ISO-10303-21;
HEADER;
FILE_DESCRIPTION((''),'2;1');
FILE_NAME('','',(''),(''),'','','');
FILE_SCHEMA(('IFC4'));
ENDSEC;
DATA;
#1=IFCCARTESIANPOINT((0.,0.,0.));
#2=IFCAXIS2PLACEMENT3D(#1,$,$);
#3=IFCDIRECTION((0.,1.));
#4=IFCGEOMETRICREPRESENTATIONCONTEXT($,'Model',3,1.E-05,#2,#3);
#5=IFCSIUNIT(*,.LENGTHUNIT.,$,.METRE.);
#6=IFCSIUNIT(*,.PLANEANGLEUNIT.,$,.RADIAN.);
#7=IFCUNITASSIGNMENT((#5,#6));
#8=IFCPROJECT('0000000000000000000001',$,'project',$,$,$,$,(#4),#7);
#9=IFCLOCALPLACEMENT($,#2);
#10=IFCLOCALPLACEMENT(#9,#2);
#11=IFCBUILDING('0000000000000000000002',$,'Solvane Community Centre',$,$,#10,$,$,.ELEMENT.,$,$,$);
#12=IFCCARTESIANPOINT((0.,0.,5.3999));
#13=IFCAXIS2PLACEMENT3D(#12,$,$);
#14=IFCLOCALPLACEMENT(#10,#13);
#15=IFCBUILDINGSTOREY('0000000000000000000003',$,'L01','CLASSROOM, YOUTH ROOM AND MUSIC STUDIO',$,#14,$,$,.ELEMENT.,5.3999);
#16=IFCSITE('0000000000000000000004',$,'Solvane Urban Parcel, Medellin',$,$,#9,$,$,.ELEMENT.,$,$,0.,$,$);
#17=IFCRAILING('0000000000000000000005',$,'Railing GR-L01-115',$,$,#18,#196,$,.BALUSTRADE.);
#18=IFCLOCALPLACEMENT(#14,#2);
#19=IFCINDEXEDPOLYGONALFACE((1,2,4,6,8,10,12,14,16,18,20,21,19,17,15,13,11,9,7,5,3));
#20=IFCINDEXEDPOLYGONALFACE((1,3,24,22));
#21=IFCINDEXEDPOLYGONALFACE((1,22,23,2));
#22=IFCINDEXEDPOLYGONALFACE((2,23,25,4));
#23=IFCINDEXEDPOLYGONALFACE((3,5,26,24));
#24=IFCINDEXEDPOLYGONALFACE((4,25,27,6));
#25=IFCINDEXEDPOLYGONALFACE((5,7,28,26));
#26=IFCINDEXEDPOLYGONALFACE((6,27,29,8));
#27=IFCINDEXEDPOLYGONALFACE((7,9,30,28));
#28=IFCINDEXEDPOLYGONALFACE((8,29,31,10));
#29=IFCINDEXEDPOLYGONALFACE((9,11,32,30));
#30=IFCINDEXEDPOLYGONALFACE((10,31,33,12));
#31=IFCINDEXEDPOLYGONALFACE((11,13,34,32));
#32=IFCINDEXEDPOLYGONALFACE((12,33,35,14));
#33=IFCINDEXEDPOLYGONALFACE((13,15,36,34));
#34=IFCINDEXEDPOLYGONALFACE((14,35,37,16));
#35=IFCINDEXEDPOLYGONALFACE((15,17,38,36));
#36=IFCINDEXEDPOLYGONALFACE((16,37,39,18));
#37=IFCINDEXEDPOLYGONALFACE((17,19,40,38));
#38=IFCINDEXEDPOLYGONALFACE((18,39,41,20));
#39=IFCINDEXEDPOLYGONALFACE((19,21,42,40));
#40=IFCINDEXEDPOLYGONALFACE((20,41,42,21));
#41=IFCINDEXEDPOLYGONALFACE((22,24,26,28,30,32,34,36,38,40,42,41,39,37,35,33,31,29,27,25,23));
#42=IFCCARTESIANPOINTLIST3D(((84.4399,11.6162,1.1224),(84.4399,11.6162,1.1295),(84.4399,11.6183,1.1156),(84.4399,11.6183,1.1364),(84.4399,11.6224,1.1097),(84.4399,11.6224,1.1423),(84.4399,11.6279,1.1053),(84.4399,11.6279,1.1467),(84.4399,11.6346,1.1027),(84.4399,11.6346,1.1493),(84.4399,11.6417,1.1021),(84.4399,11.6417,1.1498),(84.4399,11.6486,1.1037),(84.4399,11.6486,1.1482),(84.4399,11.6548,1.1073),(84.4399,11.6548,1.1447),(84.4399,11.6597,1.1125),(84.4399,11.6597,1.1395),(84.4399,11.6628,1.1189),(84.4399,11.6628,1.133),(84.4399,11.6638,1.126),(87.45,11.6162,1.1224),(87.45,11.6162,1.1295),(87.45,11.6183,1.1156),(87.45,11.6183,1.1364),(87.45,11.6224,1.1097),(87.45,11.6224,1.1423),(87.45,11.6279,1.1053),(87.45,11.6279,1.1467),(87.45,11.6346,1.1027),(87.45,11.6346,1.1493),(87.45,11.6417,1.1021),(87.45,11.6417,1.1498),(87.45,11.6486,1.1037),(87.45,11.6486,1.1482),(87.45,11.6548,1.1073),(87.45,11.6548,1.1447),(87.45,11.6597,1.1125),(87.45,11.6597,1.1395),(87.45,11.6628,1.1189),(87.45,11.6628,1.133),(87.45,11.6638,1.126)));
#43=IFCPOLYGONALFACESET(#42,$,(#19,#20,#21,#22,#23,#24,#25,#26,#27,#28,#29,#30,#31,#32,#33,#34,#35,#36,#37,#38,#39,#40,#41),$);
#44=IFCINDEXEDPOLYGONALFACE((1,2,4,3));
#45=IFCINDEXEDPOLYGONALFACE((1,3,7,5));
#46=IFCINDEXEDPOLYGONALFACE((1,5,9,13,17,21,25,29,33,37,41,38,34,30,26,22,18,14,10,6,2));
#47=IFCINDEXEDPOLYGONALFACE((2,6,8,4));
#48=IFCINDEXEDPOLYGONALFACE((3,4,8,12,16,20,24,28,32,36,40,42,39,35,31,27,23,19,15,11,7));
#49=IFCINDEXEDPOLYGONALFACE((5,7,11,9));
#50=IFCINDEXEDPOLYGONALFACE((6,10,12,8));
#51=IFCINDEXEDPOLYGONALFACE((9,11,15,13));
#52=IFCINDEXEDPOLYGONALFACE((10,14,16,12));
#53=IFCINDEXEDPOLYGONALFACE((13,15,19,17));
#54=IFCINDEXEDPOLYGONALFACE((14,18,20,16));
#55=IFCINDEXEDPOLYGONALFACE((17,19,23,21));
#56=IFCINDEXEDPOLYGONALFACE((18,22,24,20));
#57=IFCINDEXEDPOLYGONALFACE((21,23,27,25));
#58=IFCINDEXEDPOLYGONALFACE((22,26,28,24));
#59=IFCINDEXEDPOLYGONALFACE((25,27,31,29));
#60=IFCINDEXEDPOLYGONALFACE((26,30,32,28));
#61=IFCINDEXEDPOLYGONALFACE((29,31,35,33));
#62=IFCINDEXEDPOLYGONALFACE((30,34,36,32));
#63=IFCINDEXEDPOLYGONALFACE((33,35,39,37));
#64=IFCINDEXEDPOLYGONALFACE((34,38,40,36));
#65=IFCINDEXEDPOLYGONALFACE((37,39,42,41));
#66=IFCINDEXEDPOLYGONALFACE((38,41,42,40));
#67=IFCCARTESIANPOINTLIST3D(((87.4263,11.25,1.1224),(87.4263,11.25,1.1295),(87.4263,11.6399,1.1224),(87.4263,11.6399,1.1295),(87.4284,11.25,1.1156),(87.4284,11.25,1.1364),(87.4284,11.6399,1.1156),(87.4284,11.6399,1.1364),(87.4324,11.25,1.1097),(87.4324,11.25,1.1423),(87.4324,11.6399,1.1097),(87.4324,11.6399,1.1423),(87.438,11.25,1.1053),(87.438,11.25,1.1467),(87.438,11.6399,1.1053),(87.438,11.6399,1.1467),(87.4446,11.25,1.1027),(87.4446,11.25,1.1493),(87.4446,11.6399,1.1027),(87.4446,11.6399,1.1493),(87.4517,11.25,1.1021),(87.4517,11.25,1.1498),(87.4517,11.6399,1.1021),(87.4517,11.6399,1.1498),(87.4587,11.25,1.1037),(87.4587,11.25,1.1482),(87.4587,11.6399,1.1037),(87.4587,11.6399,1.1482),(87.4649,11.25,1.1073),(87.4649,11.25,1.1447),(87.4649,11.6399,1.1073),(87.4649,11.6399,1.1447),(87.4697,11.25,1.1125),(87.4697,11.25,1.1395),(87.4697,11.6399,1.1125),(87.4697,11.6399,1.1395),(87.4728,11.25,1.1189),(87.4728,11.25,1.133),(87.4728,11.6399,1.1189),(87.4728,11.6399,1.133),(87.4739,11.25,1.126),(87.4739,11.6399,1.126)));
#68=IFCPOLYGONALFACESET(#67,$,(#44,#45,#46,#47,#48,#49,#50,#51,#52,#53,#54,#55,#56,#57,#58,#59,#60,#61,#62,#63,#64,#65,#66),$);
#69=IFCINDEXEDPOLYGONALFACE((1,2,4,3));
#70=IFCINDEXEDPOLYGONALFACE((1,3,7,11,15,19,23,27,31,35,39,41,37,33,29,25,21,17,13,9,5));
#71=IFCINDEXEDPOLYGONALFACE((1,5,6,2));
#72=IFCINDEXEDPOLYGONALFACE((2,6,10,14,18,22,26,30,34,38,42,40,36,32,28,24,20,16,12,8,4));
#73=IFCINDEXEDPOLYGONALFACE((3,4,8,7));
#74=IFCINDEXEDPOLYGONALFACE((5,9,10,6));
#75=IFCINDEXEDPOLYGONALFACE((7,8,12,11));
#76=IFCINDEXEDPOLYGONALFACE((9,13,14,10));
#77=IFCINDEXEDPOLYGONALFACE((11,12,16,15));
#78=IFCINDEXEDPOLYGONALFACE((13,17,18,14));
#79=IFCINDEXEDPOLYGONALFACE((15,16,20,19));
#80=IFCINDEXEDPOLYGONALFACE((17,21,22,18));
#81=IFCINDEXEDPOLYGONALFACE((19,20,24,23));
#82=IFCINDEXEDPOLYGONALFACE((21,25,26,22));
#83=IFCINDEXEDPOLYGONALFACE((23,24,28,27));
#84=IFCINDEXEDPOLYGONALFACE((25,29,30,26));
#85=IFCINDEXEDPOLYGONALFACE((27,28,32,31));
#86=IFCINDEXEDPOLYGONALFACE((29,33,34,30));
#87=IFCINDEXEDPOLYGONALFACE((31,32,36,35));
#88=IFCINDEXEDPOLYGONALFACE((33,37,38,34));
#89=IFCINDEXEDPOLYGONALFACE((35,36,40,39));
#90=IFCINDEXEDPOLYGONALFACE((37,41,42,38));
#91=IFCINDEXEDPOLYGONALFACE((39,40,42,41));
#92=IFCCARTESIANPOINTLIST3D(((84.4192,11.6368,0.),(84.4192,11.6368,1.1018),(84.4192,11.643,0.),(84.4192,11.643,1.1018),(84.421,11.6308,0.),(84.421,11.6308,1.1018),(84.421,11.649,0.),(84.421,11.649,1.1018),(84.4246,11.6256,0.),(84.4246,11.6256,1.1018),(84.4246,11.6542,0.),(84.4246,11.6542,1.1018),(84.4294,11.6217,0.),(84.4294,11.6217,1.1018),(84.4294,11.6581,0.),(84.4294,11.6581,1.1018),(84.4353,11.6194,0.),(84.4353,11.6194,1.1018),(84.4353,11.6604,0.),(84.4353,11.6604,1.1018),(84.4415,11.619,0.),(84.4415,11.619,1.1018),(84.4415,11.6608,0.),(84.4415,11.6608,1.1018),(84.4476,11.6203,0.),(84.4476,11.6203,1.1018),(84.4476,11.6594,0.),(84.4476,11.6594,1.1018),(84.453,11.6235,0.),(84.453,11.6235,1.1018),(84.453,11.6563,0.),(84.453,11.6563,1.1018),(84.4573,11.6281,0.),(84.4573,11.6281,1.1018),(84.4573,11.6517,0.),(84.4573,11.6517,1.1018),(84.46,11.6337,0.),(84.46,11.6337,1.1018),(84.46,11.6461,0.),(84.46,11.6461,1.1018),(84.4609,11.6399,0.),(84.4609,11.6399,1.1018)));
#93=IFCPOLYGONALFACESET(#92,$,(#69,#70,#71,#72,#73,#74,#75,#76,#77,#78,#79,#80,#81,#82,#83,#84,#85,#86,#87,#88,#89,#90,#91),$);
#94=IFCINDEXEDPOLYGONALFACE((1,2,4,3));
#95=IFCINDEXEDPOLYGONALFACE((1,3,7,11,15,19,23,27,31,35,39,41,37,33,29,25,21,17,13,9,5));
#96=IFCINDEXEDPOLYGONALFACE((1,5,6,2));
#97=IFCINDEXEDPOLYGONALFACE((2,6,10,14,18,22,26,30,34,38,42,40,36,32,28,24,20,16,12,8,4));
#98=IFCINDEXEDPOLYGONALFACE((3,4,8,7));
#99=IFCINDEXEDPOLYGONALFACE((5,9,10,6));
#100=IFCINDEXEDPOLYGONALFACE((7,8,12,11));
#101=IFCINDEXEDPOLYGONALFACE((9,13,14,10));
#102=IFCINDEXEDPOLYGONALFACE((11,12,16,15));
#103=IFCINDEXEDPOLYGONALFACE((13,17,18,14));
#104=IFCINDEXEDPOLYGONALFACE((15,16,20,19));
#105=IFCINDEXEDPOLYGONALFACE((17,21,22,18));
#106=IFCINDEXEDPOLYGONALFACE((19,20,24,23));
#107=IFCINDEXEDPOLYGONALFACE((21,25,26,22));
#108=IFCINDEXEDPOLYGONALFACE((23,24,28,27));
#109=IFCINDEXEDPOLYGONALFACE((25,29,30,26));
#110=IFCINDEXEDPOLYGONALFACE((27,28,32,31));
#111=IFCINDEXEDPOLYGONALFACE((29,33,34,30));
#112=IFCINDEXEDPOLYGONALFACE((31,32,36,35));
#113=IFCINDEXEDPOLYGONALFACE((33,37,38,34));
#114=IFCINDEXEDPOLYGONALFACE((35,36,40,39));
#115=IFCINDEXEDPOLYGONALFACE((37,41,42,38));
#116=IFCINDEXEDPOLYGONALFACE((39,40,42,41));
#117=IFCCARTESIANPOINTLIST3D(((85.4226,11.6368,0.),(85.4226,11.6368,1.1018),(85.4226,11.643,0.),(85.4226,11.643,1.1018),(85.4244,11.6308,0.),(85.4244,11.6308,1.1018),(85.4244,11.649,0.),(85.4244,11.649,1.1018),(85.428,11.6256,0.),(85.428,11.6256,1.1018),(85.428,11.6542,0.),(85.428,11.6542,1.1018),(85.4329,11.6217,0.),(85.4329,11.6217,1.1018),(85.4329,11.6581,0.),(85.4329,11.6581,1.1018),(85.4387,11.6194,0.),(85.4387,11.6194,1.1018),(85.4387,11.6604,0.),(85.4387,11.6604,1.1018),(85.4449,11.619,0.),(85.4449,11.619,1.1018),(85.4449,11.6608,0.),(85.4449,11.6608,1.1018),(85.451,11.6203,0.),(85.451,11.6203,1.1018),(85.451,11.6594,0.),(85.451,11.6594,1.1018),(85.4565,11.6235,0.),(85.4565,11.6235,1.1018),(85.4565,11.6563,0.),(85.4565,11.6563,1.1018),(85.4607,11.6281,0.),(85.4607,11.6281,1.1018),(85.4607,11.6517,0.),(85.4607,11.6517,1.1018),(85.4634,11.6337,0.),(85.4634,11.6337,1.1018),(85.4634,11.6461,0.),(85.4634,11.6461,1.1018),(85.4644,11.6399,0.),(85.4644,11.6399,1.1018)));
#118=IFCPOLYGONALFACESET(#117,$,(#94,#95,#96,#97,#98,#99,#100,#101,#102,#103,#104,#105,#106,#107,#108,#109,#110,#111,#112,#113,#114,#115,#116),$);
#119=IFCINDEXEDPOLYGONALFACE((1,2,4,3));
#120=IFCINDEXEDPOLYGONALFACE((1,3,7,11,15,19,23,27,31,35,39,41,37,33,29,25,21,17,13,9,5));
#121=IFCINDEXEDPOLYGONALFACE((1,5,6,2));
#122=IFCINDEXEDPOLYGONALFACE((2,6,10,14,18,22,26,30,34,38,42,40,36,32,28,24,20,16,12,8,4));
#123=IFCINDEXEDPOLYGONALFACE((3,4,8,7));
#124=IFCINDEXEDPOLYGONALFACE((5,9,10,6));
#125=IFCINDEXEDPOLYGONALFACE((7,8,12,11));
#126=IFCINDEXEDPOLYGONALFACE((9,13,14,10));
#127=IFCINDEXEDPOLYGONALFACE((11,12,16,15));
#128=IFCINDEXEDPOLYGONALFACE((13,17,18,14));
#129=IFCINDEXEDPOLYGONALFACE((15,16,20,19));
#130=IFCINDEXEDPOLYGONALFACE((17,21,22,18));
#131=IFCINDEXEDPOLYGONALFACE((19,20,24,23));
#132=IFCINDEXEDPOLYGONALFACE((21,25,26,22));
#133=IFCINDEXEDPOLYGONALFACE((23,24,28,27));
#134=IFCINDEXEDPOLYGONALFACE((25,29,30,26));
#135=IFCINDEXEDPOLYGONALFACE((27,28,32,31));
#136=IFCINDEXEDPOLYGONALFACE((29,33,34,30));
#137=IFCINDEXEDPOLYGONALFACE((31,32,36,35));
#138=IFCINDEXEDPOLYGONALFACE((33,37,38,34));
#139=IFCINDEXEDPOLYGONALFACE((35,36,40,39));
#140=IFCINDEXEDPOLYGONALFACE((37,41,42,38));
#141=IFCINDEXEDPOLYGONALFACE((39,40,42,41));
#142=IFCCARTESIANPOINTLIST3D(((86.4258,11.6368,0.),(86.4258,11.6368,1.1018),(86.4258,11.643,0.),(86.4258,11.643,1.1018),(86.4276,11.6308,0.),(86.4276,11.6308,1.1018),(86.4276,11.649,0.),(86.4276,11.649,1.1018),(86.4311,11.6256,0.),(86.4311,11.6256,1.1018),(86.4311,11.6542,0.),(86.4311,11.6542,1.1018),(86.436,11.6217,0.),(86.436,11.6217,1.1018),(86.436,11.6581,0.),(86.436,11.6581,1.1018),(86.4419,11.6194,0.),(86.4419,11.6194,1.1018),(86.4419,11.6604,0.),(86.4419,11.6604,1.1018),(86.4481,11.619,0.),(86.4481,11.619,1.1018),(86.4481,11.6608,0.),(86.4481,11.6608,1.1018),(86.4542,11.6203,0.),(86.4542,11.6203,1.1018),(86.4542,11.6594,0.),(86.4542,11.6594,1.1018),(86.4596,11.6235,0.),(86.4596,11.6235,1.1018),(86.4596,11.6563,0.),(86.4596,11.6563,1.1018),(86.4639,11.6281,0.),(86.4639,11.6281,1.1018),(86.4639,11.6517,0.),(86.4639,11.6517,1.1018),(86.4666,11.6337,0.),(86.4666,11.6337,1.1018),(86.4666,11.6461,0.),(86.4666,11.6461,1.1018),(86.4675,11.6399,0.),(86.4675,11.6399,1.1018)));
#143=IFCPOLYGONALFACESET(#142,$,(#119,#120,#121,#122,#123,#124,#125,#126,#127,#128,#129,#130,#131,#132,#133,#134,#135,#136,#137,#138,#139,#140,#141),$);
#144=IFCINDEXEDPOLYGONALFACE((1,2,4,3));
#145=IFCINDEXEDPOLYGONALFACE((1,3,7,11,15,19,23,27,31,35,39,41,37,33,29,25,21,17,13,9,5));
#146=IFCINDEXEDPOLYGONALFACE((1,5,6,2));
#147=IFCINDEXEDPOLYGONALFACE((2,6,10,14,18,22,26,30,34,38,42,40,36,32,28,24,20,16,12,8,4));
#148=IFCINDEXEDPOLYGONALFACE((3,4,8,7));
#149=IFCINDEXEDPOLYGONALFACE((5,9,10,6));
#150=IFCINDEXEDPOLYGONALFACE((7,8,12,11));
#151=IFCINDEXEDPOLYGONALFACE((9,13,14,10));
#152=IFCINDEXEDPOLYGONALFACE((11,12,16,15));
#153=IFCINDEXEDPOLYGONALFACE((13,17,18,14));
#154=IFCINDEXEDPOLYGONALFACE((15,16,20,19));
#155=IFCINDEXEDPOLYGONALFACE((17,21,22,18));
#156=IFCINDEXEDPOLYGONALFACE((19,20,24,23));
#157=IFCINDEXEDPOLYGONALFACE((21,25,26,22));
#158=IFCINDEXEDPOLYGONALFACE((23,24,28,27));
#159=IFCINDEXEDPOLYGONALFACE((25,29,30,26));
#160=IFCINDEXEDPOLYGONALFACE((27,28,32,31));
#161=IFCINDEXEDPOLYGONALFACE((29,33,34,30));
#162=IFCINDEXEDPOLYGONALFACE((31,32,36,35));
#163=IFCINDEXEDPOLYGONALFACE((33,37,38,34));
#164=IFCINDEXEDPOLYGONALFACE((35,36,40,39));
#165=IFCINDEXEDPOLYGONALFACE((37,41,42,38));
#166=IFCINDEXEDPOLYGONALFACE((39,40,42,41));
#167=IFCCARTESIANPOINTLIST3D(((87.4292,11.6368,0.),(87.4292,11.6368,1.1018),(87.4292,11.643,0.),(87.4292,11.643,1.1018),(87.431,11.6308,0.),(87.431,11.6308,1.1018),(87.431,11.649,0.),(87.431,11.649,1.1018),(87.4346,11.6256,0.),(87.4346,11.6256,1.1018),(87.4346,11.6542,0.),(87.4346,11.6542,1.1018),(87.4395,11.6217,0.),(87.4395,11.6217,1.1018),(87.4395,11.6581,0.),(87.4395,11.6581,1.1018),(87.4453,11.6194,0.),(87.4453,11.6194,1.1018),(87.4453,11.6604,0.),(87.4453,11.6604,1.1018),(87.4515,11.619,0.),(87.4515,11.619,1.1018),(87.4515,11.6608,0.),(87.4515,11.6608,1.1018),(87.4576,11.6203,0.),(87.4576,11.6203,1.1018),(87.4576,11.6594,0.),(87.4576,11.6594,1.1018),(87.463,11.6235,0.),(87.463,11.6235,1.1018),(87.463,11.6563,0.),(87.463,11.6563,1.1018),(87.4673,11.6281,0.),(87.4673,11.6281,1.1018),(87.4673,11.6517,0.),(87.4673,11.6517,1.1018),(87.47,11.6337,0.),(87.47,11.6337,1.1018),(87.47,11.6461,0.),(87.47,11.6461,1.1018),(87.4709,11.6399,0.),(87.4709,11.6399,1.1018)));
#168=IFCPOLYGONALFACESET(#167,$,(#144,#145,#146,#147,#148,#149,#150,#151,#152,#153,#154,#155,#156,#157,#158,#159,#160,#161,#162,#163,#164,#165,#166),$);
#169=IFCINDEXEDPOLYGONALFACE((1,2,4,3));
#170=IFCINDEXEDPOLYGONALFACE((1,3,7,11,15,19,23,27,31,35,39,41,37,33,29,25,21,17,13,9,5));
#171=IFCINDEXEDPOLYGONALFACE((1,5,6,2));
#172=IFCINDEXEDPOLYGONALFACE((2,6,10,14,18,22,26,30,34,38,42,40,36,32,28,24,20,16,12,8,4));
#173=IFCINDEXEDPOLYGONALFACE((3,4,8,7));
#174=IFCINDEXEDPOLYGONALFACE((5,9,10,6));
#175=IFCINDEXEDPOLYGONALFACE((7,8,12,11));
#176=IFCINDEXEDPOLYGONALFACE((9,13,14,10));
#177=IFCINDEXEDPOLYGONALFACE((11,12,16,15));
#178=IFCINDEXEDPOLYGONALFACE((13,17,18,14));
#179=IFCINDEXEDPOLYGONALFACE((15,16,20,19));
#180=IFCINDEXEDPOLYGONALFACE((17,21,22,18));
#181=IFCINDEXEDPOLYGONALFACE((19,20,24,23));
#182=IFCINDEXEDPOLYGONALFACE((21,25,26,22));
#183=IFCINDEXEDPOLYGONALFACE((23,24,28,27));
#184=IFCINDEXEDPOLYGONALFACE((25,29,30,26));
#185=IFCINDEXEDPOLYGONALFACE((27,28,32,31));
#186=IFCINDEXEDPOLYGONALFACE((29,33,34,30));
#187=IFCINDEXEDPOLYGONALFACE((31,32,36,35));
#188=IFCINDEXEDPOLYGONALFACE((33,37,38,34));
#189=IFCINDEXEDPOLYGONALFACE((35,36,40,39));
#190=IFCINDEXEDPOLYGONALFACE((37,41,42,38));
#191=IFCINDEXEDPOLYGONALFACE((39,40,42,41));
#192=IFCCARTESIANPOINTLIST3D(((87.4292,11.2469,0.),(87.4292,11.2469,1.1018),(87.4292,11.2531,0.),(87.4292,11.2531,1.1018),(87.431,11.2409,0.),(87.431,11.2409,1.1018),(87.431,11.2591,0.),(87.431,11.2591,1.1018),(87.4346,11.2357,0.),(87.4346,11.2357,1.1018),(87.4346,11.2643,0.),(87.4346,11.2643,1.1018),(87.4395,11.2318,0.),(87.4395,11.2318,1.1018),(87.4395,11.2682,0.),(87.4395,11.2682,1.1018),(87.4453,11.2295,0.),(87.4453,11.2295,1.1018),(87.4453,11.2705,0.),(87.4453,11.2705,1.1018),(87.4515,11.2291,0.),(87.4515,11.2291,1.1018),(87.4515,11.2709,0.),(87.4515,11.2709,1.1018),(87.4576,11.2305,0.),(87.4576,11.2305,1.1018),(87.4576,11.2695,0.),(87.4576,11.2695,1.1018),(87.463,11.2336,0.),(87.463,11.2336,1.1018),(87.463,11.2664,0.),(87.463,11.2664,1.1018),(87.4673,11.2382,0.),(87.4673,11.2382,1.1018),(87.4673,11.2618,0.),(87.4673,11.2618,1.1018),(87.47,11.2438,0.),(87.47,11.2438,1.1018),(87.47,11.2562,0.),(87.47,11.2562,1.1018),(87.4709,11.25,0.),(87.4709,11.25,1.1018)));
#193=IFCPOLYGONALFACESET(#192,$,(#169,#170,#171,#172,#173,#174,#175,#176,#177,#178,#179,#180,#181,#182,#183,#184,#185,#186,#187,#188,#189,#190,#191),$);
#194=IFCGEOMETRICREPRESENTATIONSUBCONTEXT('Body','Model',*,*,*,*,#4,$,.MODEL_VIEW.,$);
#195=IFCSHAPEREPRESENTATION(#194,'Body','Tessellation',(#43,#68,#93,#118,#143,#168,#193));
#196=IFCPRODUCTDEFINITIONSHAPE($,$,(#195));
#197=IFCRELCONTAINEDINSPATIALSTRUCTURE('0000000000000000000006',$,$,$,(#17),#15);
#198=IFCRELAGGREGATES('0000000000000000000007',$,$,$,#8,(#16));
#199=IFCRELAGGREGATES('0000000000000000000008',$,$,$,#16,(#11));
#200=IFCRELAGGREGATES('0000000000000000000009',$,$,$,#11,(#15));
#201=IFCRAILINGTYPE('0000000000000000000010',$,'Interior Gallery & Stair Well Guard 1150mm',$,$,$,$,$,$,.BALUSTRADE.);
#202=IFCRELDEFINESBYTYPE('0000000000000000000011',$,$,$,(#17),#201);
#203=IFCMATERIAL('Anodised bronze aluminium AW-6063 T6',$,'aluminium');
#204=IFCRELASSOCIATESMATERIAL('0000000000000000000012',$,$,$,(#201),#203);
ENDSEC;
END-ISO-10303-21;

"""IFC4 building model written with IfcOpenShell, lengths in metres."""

from ifc_helpers import new_model, si_unit, direction, frame, origin, origin_2d, place, context, subcontext, project, spatial, circle, extrude, material, type_object, element, save


model = new_model("IFC4")

# Units and contexts
model_context = context("Model", 3, precision=1e-05, world=origin(), true_north=direction((0.0, 1.0)))
body_context = subcontext(model_context, "Body", "Model", "MODEL_VIEW")
ifc_project = project(units=[si_unit("LENGTHUNIT", "METRE"), si_unit("PLANEANGLEUNIT", "RADIAN")], contexts=[model_context])

# Site, building, storey
site_placement = place(None, origin())
site = spatial("IfcSite", under=ifc_project, at=site_placement, Name="Solvane Urban Parcel, Medellin", CompositionType="ELEMENT", RefElevation=0.0)
building_placement = place(site_placement, origin())
building = spatial("IfcBuilding", under=site, at=building_placement, Name="Solvane Community Centre", CompositionType="ELEMENT")
storey_placement = place(building_placement, frame((0.0, 0.0, 5.3999)))
storey = spatial("IfcBuildingStorey", under=building, at=storey_placement, Name="L01", Description="CLASSROOM, YOUTH ROOM AND MUSIC STUDIO", CompositionType="ELEMENT", Elevation=5.3999)

# Shared definitions
ifc_material_1 = material(Name="Anodised bronze aluminium AW-6063 T6", Category="aluminium")

# Railing
railing_type_1 = type_object("IfcRailingType", Name="Interior Gallery & Stair Well Guard 1150mm", PredefinedType="BALUSTRADE", material=ifc_material_1)
railing_1_placement = place(storey_placement, frame((84.4399, 11.6399, 0.0)))
element("IfcRailing", 1, at=railing_1_placement, inside=storey, type_object=railing_type_1, Name="Railing GR-L01-115", PredefinedType="BALUSTRADE", context=body_context, shape_type="SweptSolid", body=[
    extrude(circle(Radius=0.0239, at=origin_2d()), frame((0.0, 0.0, 1.126), z_axis=(1.0, 0.0, 0.0), x_axis=(0.0, 1.0, 0.0)), (0.0, 0.0, 1.0), 3.01),
    extrude(circle(Radius=0.0239, at=origin_2d()), frame((3.01, 0.0, 1.126), z_axis=(0.0, -1.0, 0.0), x_axis=(1.0, 0.0, 0.0)), (0.0, 0.0, 1.0), 0.3899),
    extrude(circle(Radius=0.021, at=origin_2d()), origin(), (0.0, 0.0, 1.0), 1.1018),
    extrude(circle(Radius=0.021, at=origin_2d()), frame((1.0034, 0.0, 0.0)), (0.0, 0.0, 1.0), 1.1018),
    extrude(circle(Radius=0.021, at=origin_2d()), frame((2.0066, 0.0, 0.0)), (0.0, 0.0, 1.0), 1.1018),
    extrude(circle(Radius=0.021, at=origin_2d()), frame((3.01, 0.0, 0.0)), (0.0, 0.0, 1.0), 1.1018),
    extrude(circle(Radius=0.021, at=origin_2d()), frame((3.01, -0.3899, 0.0)), (0.0, 0.0, 1.0), 1.1018),
])

save(model, "model.ifc")
